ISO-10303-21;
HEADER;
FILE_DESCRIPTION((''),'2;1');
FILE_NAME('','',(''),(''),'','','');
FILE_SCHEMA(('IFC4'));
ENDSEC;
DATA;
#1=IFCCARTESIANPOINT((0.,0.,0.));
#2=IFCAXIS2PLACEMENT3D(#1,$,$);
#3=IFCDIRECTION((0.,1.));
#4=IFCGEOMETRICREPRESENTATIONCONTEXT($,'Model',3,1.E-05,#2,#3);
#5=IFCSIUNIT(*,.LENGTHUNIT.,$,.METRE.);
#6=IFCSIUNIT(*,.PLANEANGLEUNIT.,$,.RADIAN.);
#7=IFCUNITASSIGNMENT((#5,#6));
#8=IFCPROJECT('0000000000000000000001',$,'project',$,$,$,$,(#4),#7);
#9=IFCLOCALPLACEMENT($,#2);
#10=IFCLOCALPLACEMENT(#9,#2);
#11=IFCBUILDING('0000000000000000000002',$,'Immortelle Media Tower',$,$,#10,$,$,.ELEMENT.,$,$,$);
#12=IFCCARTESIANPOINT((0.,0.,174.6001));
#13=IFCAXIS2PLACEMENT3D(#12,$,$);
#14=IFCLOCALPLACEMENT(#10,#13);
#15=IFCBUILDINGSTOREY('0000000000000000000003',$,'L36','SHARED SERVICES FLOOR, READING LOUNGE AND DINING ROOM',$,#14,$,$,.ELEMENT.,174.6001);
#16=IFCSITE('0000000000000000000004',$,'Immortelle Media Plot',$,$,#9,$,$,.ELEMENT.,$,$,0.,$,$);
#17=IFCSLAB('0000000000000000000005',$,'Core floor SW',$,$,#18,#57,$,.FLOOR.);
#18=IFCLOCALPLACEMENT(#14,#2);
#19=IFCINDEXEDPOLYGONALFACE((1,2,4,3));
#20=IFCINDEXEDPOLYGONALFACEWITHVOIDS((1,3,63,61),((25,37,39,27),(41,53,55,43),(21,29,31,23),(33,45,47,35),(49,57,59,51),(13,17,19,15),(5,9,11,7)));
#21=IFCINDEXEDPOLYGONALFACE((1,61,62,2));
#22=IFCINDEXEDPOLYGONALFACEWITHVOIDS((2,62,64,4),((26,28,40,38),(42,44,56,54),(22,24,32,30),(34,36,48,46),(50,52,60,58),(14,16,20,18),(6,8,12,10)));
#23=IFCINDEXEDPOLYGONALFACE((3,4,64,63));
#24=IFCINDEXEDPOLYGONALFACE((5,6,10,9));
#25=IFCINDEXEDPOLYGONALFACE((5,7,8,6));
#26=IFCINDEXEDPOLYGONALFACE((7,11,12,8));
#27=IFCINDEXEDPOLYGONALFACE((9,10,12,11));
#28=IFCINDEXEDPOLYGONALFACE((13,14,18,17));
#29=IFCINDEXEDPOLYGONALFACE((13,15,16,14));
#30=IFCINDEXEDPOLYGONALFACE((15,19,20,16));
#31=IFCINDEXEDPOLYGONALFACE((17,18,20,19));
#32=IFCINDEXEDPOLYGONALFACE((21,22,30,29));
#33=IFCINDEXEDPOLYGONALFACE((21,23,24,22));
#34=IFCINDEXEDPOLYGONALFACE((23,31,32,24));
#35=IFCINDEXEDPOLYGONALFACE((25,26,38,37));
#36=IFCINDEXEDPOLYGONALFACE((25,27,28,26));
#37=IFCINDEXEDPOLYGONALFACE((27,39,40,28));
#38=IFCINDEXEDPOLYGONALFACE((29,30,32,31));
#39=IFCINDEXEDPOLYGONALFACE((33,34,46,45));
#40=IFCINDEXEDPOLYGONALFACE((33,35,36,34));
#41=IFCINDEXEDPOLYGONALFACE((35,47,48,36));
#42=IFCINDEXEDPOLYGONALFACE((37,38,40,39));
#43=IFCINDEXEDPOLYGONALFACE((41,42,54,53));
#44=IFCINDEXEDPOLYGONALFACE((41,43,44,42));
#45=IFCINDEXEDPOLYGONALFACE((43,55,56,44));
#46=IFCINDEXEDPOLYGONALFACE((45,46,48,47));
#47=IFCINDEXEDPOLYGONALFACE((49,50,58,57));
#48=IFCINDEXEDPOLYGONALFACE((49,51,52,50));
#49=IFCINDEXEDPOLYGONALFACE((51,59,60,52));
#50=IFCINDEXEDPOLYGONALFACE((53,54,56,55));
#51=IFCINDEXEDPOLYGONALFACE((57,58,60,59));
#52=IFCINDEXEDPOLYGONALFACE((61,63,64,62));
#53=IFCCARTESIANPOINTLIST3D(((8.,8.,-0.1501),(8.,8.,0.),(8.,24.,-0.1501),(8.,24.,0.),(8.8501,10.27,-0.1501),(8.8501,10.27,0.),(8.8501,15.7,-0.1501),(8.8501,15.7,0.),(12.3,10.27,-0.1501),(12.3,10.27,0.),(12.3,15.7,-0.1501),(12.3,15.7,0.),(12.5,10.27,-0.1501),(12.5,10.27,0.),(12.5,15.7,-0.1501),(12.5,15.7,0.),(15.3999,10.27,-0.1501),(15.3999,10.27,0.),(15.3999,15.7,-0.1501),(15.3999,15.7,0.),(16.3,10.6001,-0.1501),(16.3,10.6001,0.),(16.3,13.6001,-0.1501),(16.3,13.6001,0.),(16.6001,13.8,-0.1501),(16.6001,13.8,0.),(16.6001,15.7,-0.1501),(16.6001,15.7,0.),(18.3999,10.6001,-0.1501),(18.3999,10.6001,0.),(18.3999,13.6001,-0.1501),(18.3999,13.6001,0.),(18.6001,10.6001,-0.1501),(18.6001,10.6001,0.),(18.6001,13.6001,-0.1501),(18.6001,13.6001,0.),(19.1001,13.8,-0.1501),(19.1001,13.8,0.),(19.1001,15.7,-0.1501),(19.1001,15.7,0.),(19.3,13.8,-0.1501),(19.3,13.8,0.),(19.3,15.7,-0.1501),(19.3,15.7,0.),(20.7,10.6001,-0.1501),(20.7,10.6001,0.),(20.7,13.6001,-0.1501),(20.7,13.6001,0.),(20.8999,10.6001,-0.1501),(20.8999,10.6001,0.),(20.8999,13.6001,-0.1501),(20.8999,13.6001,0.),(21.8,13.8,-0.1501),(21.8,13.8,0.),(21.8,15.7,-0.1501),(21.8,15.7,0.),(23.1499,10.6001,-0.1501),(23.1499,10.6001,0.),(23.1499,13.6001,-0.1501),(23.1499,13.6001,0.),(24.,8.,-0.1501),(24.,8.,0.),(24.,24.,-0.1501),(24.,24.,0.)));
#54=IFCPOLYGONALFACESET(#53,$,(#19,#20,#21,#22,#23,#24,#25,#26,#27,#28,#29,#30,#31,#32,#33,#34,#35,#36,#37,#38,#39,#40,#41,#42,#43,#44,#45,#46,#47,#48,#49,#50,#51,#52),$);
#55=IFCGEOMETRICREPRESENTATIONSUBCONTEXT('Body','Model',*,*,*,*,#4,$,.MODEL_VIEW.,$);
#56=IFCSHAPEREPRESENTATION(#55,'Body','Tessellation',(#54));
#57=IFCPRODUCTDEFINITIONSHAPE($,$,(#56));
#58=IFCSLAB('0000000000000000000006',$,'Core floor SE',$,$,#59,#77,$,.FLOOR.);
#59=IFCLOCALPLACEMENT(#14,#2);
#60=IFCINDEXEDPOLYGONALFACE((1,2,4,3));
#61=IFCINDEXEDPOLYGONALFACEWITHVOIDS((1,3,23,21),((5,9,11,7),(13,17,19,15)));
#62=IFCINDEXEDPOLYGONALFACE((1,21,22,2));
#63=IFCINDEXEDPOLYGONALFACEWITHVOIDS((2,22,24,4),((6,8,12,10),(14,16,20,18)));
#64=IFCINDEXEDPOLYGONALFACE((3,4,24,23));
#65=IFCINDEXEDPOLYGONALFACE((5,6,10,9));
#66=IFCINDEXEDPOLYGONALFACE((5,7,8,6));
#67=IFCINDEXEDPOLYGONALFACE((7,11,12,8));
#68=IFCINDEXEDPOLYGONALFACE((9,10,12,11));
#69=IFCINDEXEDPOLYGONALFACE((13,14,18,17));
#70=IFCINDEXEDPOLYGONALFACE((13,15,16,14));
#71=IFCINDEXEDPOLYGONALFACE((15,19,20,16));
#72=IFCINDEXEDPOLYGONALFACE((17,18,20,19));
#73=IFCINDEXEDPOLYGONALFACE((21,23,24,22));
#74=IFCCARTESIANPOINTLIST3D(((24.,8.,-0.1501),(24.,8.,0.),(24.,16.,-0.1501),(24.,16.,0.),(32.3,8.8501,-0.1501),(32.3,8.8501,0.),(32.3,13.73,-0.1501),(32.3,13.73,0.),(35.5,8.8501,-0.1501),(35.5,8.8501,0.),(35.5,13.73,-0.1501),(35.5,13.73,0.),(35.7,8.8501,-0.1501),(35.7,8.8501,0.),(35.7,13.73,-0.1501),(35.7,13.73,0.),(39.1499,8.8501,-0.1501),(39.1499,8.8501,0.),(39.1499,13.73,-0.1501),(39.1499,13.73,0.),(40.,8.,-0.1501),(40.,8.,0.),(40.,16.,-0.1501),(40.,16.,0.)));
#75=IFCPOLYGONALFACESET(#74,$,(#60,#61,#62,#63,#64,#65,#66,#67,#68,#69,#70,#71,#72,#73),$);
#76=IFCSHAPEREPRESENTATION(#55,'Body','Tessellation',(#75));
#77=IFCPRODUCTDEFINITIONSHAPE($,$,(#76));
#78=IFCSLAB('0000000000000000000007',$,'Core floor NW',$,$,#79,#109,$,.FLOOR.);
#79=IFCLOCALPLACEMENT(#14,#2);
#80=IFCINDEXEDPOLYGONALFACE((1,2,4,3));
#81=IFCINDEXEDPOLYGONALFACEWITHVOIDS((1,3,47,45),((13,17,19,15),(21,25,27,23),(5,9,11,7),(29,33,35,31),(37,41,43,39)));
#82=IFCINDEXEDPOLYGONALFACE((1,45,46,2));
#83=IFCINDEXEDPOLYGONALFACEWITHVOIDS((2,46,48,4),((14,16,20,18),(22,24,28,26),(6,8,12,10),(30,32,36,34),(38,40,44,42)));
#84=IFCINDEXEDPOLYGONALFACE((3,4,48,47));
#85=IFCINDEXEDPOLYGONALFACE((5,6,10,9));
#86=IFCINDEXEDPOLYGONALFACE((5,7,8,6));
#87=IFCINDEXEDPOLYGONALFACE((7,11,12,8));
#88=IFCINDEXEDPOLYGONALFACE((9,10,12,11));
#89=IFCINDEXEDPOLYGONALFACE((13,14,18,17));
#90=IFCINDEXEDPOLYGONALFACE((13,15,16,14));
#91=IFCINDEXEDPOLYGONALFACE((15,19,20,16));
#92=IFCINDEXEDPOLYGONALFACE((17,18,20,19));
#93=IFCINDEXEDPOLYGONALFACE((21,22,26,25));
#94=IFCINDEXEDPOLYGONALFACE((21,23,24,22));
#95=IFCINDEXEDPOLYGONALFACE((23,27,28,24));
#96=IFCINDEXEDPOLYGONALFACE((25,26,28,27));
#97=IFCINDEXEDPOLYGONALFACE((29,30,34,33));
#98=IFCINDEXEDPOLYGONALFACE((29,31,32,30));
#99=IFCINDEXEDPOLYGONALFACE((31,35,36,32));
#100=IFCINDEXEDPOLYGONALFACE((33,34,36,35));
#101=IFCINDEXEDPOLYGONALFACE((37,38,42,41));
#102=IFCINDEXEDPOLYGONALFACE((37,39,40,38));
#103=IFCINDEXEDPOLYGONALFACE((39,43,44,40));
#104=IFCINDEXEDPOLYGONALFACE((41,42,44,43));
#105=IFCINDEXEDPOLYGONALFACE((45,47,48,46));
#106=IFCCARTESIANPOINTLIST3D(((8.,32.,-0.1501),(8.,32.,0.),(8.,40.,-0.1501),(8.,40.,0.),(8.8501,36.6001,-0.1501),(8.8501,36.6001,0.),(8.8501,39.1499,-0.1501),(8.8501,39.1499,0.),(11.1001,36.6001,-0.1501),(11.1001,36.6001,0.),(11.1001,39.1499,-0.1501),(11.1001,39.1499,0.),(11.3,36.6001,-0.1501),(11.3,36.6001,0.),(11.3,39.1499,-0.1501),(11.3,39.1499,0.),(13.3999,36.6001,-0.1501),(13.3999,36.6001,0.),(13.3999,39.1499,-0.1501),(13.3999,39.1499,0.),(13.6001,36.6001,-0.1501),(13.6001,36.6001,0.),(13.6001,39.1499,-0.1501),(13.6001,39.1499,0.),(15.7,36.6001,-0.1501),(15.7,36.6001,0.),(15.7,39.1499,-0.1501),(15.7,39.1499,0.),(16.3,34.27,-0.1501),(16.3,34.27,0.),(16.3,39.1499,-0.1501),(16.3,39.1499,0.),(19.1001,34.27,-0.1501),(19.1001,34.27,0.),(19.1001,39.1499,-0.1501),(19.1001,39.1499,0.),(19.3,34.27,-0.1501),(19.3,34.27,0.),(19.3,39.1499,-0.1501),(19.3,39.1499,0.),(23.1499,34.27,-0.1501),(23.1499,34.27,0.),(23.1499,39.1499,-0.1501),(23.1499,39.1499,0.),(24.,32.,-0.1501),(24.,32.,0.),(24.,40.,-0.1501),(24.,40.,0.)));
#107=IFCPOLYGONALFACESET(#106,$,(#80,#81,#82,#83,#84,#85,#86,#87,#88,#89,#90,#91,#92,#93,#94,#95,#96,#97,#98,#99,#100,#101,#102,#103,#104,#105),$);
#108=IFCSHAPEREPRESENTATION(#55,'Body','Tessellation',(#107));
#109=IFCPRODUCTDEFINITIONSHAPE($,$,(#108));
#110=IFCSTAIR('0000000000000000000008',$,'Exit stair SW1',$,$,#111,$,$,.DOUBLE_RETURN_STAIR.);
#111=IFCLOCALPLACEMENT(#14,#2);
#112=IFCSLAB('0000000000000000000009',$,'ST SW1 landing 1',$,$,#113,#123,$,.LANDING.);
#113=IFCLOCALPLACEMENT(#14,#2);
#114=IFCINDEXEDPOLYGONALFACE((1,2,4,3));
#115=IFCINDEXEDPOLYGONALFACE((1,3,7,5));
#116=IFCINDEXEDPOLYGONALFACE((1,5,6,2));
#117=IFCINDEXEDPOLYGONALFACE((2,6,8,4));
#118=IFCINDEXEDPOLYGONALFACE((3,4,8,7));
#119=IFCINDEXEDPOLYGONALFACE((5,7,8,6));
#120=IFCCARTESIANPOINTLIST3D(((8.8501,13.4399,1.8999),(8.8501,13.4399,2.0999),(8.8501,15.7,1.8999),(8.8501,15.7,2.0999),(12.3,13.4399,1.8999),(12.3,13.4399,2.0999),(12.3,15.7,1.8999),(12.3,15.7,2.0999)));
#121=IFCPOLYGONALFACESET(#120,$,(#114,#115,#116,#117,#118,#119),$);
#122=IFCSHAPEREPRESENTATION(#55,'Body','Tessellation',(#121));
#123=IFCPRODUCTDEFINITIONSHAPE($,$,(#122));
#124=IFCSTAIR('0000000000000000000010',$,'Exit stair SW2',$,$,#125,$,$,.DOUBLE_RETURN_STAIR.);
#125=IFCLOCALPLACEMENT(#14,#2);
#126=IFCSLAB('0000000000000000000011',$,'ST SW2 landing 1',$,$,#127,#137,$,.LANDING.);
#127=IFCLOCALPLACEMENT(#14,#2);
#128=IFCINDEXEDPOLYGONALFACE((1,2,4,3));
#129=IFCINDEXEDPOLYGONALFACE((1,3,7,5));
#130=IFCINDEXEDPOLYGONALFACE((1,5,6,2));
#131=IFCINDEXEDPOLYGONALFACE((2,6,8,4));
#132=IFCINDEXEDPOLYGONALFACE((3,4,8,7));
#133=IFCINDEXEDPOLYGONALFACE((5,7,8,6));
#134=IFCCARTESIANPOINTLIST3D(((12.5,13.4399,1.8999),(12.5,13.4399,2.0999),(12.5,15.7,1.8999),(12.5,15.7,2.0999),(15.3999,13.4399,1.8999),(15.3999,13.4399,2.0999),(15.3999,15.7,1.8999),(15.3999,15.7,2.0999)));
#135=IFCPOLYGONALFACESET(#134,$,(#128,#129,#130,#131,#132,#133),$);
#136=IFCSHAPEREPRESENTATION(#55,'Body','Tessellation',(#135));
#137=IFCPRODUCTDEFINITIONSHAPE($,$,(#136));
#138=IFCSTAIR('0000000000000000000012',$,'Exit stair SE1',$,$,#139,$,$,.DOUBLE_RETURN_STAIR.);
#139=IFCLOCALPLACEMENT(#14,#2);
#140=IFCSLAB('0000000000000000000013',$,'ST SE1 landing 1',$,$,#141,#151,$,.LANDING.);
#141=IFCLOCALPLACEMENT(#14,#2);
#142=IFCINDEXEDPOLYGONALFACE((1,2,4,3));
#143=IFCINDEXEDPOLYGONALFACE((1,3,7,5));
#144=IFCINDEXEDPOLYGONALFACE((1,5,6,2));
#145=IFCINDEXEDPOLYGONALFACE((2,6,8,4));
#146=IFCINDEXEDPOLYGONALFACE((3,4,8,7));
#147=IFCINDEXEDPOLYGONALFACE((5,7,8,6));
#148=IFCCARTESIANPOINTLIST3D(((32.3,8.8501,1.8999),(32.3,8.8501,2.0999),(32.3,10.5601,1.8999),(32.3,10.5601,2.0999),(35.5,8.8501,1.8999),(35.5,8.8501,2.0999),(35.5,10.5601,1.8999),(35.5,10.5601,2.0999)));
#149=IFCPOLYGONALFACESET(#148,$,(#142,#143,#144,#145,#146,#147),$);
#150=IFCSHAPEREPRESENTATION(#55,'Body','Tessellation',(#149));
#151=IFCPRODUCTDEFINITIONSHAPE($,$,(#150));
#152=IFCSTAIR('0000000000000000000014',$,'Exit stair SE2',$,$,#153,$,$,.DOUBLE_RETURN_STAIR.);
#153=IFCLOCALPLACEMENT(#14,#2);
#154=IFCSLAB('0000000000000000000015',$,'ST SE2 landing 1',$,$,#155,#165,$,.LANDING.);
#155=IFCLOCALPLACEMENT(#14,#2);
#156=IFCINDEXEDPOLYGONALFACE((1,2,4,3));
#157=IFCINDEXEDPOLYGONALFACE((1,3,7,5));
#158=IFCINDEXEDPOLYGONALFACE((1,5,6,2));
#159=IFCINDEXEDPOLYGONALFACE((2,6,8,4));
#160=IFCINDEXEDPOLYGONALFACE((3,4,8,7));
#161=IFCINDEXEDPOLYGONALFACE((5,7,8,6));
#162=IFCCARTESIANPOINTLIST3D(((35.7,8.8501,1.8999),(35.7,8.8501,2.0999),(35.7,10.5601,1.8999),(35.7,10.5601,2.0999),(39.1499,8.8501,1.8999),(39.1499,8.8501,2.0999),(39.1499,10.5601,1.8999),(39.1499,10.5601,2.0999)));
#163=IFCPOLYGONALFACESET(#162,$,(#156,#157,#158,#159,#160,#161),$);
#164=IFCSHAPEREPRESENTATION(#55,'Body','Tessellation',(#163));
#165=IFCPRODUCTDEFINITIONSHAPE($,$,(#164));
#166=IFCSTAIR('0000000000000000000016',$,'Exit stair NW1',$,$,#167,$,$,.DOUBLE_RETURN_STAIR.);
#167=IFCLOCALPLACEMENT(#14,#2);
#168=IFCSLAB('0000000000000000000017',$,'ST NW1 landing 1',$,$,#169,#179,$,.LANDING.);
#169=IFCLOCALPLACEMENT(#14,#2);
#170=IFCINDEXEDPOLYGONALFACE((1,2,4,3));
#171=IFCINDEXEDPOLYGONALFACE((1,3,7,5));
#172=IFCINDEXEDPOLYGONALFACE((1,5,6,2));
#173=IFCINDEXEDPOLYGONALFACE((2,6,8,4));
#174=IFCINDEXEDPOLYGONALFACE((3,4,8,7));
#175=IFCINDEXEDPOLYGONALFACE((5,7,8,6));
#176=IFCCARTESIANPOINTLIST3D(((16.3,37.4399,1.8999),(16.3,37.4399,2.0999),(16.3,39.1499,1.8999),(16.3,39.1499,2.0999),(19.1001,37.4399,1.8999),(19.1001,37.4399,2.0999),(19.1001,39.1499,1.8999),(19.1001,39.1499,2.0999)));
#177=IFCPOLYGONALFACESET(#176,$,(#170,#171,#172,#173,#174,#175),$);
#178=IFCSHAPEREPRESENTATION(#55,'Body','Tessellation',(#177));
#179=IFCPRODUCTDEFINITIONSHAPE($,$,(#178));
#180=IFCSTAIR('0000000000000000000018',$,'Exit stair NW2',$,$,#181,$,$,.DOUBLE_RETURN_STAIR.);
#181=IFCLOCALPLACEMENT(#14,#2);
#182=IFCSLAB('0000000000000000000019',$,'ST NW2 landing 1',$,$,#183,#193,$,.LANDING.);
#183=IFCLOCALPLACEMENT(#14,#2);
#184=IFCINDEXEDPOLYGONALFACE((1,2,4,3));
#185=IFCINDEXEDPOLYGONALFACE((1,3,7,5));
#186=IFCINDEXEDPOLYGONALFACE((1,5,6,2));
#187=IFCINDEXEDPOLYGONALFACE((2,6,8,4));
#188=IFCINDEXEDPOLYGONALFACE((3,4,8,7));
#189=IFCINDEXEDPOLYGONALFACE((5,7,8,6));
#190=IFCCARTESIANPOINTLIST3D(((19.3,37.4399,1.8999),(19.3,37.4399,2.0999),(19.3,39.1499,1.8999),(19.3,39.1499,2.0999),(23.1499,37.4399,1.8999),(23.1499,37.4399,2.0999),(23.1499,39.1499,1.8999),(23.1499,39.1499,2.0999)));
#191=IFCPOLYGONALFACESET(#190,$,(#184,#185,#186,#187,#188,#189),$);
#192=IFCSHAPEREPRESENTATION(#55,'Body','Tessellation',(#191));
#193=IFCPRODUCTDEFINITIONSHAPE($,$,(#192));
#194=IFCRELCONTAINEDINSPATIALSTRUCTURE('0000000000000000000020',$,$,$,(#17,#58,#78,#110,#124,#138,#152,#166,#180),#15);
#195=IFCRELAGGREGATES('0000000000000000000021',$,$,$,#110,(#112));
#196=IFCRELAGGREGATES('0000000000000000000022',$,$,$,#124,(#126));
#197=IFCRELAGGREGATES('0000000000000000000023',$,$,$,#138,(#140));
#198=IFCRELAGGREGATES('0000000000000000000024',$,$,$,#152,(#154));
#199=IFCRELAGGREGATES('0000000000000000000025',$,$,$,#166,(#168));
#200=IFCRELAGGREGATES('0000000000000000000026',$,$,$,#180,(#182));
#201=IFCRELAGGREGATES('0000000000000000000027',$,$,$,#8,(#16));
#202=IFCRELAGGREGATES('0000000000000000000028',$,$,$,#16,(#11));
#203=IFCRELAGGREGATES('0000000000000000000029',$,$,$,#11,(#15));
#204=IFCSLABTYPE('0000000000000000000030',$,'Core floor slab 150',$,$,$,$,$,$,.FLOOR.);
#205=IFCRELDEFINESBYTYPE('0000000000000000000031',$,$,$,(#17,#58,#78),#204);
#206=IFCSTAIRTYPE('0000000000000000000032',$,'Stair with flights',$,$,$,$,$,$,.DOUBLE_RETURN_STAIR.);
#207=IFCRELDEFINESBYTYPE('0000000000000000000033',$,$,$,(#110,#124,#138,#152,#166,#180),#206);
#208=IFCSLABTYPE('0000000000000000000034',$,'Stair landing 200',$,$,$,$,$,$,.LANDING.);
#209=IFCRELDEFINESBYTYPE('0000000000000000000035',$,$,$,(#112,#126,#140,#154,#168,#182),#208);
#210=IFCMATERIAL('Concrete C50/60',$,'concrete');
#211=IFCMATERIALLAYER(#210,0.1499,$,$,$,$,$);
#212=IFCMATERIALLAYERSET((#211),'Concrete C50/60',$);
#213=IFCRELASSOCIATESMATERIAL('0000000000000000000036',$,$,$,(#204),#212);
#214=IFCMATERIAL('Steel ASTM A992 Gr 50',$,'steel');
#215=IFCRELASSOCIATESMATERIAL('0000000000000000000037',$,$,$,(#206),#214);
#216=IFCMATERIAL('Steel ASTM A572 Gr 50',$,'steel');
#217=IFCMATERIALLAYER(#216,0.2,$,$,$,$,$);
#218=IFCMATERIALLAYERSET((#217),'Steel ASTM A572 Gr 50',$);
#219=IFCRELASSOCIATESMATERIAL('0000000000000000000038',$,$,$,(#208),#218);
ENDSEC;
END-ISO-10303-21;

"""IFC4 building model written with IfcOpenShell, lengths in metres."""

from ifc_helpers import new_model, si_unit, direction, frame, origin, place, context, subcontext, project, spatial, polyline, outline, extrude, material, layer, layer_set, type_object, element, aggregate, save


model = new_model("IFC4")

# Units and contexts
model_context = context("Model", 3, precision=1e-05, world=origin(), true_north=direction((0.0, 1.0)))
body_context = subcontext(model_context, "Body", "Model", "MODEL_VIEW")
ifc_project = project(units=[si_unit("LENGTHUNIT", "METRE"), si_unit("PLANEANGLEUNIT", "RADIAN")], contexts=[model_context])

# Site, building, storey
site_placement = place(None, origin())
site = spatial("IfcSite", under=ifc_project, at=site_placement, Name="Immortelle Media Plot", CompositionType="ELEMENT", RefElevation=0.0)
building_placement = place(site_placement, origin())
building = spatial("IfcBuilding", under=site, at=building_placement, Name="Immortelle Media Tower", CompositionType="ELEMENT")
storey_placement = place(building_placement, frame((0.0, 0.0, 174.6001)))
storey = spatial("IfcBuildingStorey", under=building, at=storey_placement, Name="L36", Description="SHARED SERVICES FLOOR, READING LOUNGE AND DINING ROOM", CompositionType="ELEMENT", Elevation=174.6001)

# Slabs
ifc_material_1 = material(Name="Concrete C50/60", Category="concrete")
ifc_layer_1 = layer(ifc_material_1, 0.1499)
ifc_layer_set_1 = layer_set([ifc_layer_1], Name="Concrete C50/60")
slab_type_1 = type_object("IfcSlabType", Name="Core floor slab 150", PredefinedType="FLOOR", material=ifc_layer_set_1)
slab_1_placement = place(storey_placement, frame((0.0, 0.0, -0.1501)))
element("IfcSlab", 1, at=slab_1_placement, inside=storey, type_object=slab_type_1, Name="Core floor SW", PredefinedType="FLOOR", context=body_context, shape_type="SweptSolid", body=[
    extrude(outline(polyline([(8.0, 8.0), (24.0, 8.0), (24.0, 24.0), (8.0, 24.0), (8.0, 8.0)]), holes=[polyline([(16.6001, 13.8), (19.1001, 13.8), (19.1001, 15.7), (16.6001, 15.7), (16.6001, 13.8)]), polyline([(19.3, 13.8), (21.8, 13.8), (21.8, 15.7), (19.3, 15.7), (19.3, 13.8)]), polyline([(16.3, 10.6001), (18.3999, 10.6001), (18.3999, 13.6001), (16.3, 13.6001), (16.3, 10.6001)]), polyline([(18.6001, 10.6001), (20.7, 10.6001), (20.7, 13.6001), (18.6001, 13.6001), (18.6001, 10.6001)]), polyline([(20.8999, 10.6001), (23.1499, 10.6001), (23.1499, 13.6001), (20.8999, 13.6001), (20.8999, 10.6001)]), polyline([(8.8501, 10.27), (12.3, 10.27), (12.3, 15.7), (8.8501, 15.7), (8.8501, 10.27)]), polyline([(12.5, 10.27), (15.3999, 10.27), (15.3999, 15.7), (12.5, 15.7), (12.5, 10.27)])]), origin(), (0.0, 0.0, 1.0), 0.1501),
])
slab_2_placement = place(storey_placement, frame((0.0, 0.0, -0.1501)))
element("IfcSlab", 2, at=slab_2_placement, inside=storey, type_object=slab_type_1, Name="Core floor SE", PredefinedType="FLOOR", context=body_context, shape_type="SweptSolid", body=[
    extrude(outline(polyline([(24.0, 8.0), (40.0, 8.0), (40.0, 16.0), (24.0, 16.0), (24.0, 8.0)]), holes=[polyline([(32.3, 8.8501), (35.5, 8.8501), (35.5, 13.73), (32.3, 13.73), (32.3, 8.8501)]), polyline([(35.7, 8.8501), (39.1499, 8.8501), (39.1499, 13.73), (35.7, 13.73), (35.7, 8.8501)])]), origin(), (0.0, 0.0, 1.0), 0.1501),
])
slab_3_placement = place(storey_placement, frame((0.0, 0.0, -0.1501)))
element("IfcSlab", 3, at=slab_3_placement, inside=storey, type_object=slab_type_1, Name="Core floor NW", PredefinedType="FLOOR", context=body_context, shape_type="SweptSolid", body=[
    extrude(outline(polyline([(8.0, 32.0), (24.0, 32.0), (24.0, 40.0), (8.0, 40.0), (8.0, 32.0)]), holes=[polyline([(8.8501, 36.6001), (11.1001, 36.6001), (11.1001, 39.1499), (8.8501, 39.1499), (8.8501, 36.6001)]), polyline([(11.3, 36.6001), (13.3999, 36.6001), (13.3999, 39.1499), (11.3, 39.1499), (11.3, 36.6001)]), polyline([(13.6001, 36.6001), (15.7, 36.6001), (15.7, 39.1499), (13.6001, 39.1499), (13.6001, 36.6001)]), polyline([(16.3, 34.27), (19.1001, 34.27), (19.1001, 39.1499), (16.3, 39.1499), (16.3, 34.27)]), polyline([(19.3, 34.27), (23.1499, 34.27), (23.1499, 39.1499), (19.3, 39.1499), (19.3, 34.27)])]), origin(), (0.0, 0.0, 1.0), 0.1501),
])

# Stairs, slabs
ifc_material_2 = material(Name="Steel ASTM A992 Gr 50", Category="steel")
stair_type = type_object("IfcStairType", Name="Stair with flights", PredefinedType="DOUBLE_RETURN_STAIR", material=ifc_material_2)
stair_1_placement = place(storey_placement, origin())
stair_1 = element("IfcStair", 4, at=stair_1_placement, inside=storey, type_object=stair_type, Name="Exit stair SW1", PredefinedType="DOUBLE_RETURN_STAIR")
ifc_material_3 = material(Name="Steel ASTM A572 Gr 50", Category="steel")
ifc_layer_2 = layer(ifc_material_3, 0.2)
ifc_layer_set_2 = layer_set([ifc_layer_2], Name="Steel ASTM A572 Gr 50")
slab_type_2 = type_object("IfcSlabType", Name="Stair landing 200", PredefinedType="LANDING", material=ifc_layer_set_2)
slab_4_placement = place(storey_placement, frame((0.0, 0.0, 1.8999)))
slab_4 = element("IfcSlab", 5, at=slab_4_placement, type_object=slab_type_2, Name="ST SW1 landing 1", PredefinedType="LANDING", context=body_context, shape_type="SweptSolid", body=[
    extrude(outline(polyline([(8.8501, 13.4399), (12.3, 13.4399), (12.3, 15.7), (8.8501, 15.7), (8.8501, 13.4399)])), origin(), (0.0, 0.0, 1.0), 0.2),
])
aggregate(stair_1, [slab_4])
stair_2_placement = place(storey_placement, origin())
stair_2 = element("IfcStair", 6, at=stair_2_placement, inside=storey, type_object=stair_type, Name="Exit stair SW2", PredefinedType="DOUBLE_RETURN_STAIR")
slab_5_placement = place(storey_placement, frame((0.0, 0.0, 1.8999)))
slab_5 = element("IfcSlab", 7, at=slab_5_placement, type_object=slab_type_2, Name="ST SW2 landing 1", PredefinedType="LANDING", context=body_context, shape_type="SweptSolid", body=[
    extrude(outline(polyline([(12.5, 13.4399), (15.3999, 13.4399), (15.3999, 15.7), (12.5, 15.7), (12.5, 13.4399)])), origin(), (0.0, 0.0, 1.0), 0.2),
])
aggregate(stair_2, [slab_5])
stair_3_placement = place(storey_placement, origin())
stair_3 = element("IfcStair", 8, at=stair_3_placement, inside=storey, type_object=stair_type, Name="Exit stair SE1", PredefinedType="DOUBLE_RETURN_STAIR")
slab_6_placement = place(storey_placement, frame((0.0, 0.0, 1.8999)))
slab_6 = element("IfcSlab", 9, at=slab_6_placement, type_object=slab_type_2, Name="ST SE1 landing 1", PredefinedType="LANDING", context=body_context, shape_type="SweptSolid", body=[
    extrude(outline(polyline([(32.3, 8.8501), (35.5, 8.8501), (35.5, 10.5601), (32.3, 10.5601), (32.3, 8.8501)])), origin(), (0.0, 0.0, 1.0), 0.2),
])
aggregate(stair_3, [slab_6])
stair_4_placement = place(storey_placement, origin())
stair_4 = element("IfcStair", 10, at=stair_4_placement, inside=storey, type_object=stair_type, Name="Exit stair SE2", PredefinedType="DOUBLE_RETURN_STAIR")
slab_7_placement = place(storey_placement, frame((0.0, 0.0, 1.8999)))
slab_7 = element("IfcSlab", 11, at=slab_7_placement, type_object=slab_type_2, Name="ST SE2 landing 1", PredefinedType="LANDING", context=body_context, shape_type="SweptSolid", body=[
    extrude(outline(polyline([(35.7, 8.8501), (39.1499, 8.8501), (39.1499, 10.5601), (35.7, 10.5601), (35.7, 8.8501)])), origin(), (0.0, 0.0, 1.0), 0.2),
])
aggregate(stair_4, [slab_7])
stair_5_placement = place(storey_placement, origin())
stair_5 = element("IfcStair", 12, at=stair_5_placement, inside=storey, type_object=stair_type, Name="Exit stair NW1", PredefinedType="DOUBLE_RETURN_STAIR")
slab_8_placement = place(storey_placement, frame((0.0, 0.0, 1.8999)))
slab_8 = element("IfcSlab", 13, at=slab_8_placement, type_object=slab_type_2, Name="ST NW1 landing 1", PredefinedType="LANDING", context=body_context, shape_type="SweptSolid", body=[
    extrude(outline(polyline([(16.3, 37.4399), (19.1001, 37.4399), (19.1001, 39.1499), (16.3, 39.1499), (16.3, 37.4399)])), origin(), (0.0, 0.0, 1.0), 0.2),
])
aggregate(stair_5, [slab_8])
stair_6_placement = place(storey_placement, origin())
stair_6 = element("IfcStair", 14, at=stair_6_placement, inside=storey, type_object=stair_type, Name="Exit stair NW2", PredefinedType="DOUBLE_RETURN_STAIR")
slab_9_placement = place(storey_placement, frame((0.0, 0.0, 1.8999)))
slab_9 = element("IfcSlab", 15, at=slab_9_placement, type_object=slab_type_2, Name="ST NW2 landing 1", PredefinedType="LANDING", context=body_context, shape_type="SweptSolid", body=[
    extrude(outline(polyline([(19.3, 37.4399), (23.1499, 37.4399), (23.1499, 39.1499), (19.3, 39.1499), (19.3, 37.4399)])), origin(), (0.0, 0.0, 1.0), 0.2),
])
aggregate(stair_6, [slab_9])

save(model, "model.ifc")
